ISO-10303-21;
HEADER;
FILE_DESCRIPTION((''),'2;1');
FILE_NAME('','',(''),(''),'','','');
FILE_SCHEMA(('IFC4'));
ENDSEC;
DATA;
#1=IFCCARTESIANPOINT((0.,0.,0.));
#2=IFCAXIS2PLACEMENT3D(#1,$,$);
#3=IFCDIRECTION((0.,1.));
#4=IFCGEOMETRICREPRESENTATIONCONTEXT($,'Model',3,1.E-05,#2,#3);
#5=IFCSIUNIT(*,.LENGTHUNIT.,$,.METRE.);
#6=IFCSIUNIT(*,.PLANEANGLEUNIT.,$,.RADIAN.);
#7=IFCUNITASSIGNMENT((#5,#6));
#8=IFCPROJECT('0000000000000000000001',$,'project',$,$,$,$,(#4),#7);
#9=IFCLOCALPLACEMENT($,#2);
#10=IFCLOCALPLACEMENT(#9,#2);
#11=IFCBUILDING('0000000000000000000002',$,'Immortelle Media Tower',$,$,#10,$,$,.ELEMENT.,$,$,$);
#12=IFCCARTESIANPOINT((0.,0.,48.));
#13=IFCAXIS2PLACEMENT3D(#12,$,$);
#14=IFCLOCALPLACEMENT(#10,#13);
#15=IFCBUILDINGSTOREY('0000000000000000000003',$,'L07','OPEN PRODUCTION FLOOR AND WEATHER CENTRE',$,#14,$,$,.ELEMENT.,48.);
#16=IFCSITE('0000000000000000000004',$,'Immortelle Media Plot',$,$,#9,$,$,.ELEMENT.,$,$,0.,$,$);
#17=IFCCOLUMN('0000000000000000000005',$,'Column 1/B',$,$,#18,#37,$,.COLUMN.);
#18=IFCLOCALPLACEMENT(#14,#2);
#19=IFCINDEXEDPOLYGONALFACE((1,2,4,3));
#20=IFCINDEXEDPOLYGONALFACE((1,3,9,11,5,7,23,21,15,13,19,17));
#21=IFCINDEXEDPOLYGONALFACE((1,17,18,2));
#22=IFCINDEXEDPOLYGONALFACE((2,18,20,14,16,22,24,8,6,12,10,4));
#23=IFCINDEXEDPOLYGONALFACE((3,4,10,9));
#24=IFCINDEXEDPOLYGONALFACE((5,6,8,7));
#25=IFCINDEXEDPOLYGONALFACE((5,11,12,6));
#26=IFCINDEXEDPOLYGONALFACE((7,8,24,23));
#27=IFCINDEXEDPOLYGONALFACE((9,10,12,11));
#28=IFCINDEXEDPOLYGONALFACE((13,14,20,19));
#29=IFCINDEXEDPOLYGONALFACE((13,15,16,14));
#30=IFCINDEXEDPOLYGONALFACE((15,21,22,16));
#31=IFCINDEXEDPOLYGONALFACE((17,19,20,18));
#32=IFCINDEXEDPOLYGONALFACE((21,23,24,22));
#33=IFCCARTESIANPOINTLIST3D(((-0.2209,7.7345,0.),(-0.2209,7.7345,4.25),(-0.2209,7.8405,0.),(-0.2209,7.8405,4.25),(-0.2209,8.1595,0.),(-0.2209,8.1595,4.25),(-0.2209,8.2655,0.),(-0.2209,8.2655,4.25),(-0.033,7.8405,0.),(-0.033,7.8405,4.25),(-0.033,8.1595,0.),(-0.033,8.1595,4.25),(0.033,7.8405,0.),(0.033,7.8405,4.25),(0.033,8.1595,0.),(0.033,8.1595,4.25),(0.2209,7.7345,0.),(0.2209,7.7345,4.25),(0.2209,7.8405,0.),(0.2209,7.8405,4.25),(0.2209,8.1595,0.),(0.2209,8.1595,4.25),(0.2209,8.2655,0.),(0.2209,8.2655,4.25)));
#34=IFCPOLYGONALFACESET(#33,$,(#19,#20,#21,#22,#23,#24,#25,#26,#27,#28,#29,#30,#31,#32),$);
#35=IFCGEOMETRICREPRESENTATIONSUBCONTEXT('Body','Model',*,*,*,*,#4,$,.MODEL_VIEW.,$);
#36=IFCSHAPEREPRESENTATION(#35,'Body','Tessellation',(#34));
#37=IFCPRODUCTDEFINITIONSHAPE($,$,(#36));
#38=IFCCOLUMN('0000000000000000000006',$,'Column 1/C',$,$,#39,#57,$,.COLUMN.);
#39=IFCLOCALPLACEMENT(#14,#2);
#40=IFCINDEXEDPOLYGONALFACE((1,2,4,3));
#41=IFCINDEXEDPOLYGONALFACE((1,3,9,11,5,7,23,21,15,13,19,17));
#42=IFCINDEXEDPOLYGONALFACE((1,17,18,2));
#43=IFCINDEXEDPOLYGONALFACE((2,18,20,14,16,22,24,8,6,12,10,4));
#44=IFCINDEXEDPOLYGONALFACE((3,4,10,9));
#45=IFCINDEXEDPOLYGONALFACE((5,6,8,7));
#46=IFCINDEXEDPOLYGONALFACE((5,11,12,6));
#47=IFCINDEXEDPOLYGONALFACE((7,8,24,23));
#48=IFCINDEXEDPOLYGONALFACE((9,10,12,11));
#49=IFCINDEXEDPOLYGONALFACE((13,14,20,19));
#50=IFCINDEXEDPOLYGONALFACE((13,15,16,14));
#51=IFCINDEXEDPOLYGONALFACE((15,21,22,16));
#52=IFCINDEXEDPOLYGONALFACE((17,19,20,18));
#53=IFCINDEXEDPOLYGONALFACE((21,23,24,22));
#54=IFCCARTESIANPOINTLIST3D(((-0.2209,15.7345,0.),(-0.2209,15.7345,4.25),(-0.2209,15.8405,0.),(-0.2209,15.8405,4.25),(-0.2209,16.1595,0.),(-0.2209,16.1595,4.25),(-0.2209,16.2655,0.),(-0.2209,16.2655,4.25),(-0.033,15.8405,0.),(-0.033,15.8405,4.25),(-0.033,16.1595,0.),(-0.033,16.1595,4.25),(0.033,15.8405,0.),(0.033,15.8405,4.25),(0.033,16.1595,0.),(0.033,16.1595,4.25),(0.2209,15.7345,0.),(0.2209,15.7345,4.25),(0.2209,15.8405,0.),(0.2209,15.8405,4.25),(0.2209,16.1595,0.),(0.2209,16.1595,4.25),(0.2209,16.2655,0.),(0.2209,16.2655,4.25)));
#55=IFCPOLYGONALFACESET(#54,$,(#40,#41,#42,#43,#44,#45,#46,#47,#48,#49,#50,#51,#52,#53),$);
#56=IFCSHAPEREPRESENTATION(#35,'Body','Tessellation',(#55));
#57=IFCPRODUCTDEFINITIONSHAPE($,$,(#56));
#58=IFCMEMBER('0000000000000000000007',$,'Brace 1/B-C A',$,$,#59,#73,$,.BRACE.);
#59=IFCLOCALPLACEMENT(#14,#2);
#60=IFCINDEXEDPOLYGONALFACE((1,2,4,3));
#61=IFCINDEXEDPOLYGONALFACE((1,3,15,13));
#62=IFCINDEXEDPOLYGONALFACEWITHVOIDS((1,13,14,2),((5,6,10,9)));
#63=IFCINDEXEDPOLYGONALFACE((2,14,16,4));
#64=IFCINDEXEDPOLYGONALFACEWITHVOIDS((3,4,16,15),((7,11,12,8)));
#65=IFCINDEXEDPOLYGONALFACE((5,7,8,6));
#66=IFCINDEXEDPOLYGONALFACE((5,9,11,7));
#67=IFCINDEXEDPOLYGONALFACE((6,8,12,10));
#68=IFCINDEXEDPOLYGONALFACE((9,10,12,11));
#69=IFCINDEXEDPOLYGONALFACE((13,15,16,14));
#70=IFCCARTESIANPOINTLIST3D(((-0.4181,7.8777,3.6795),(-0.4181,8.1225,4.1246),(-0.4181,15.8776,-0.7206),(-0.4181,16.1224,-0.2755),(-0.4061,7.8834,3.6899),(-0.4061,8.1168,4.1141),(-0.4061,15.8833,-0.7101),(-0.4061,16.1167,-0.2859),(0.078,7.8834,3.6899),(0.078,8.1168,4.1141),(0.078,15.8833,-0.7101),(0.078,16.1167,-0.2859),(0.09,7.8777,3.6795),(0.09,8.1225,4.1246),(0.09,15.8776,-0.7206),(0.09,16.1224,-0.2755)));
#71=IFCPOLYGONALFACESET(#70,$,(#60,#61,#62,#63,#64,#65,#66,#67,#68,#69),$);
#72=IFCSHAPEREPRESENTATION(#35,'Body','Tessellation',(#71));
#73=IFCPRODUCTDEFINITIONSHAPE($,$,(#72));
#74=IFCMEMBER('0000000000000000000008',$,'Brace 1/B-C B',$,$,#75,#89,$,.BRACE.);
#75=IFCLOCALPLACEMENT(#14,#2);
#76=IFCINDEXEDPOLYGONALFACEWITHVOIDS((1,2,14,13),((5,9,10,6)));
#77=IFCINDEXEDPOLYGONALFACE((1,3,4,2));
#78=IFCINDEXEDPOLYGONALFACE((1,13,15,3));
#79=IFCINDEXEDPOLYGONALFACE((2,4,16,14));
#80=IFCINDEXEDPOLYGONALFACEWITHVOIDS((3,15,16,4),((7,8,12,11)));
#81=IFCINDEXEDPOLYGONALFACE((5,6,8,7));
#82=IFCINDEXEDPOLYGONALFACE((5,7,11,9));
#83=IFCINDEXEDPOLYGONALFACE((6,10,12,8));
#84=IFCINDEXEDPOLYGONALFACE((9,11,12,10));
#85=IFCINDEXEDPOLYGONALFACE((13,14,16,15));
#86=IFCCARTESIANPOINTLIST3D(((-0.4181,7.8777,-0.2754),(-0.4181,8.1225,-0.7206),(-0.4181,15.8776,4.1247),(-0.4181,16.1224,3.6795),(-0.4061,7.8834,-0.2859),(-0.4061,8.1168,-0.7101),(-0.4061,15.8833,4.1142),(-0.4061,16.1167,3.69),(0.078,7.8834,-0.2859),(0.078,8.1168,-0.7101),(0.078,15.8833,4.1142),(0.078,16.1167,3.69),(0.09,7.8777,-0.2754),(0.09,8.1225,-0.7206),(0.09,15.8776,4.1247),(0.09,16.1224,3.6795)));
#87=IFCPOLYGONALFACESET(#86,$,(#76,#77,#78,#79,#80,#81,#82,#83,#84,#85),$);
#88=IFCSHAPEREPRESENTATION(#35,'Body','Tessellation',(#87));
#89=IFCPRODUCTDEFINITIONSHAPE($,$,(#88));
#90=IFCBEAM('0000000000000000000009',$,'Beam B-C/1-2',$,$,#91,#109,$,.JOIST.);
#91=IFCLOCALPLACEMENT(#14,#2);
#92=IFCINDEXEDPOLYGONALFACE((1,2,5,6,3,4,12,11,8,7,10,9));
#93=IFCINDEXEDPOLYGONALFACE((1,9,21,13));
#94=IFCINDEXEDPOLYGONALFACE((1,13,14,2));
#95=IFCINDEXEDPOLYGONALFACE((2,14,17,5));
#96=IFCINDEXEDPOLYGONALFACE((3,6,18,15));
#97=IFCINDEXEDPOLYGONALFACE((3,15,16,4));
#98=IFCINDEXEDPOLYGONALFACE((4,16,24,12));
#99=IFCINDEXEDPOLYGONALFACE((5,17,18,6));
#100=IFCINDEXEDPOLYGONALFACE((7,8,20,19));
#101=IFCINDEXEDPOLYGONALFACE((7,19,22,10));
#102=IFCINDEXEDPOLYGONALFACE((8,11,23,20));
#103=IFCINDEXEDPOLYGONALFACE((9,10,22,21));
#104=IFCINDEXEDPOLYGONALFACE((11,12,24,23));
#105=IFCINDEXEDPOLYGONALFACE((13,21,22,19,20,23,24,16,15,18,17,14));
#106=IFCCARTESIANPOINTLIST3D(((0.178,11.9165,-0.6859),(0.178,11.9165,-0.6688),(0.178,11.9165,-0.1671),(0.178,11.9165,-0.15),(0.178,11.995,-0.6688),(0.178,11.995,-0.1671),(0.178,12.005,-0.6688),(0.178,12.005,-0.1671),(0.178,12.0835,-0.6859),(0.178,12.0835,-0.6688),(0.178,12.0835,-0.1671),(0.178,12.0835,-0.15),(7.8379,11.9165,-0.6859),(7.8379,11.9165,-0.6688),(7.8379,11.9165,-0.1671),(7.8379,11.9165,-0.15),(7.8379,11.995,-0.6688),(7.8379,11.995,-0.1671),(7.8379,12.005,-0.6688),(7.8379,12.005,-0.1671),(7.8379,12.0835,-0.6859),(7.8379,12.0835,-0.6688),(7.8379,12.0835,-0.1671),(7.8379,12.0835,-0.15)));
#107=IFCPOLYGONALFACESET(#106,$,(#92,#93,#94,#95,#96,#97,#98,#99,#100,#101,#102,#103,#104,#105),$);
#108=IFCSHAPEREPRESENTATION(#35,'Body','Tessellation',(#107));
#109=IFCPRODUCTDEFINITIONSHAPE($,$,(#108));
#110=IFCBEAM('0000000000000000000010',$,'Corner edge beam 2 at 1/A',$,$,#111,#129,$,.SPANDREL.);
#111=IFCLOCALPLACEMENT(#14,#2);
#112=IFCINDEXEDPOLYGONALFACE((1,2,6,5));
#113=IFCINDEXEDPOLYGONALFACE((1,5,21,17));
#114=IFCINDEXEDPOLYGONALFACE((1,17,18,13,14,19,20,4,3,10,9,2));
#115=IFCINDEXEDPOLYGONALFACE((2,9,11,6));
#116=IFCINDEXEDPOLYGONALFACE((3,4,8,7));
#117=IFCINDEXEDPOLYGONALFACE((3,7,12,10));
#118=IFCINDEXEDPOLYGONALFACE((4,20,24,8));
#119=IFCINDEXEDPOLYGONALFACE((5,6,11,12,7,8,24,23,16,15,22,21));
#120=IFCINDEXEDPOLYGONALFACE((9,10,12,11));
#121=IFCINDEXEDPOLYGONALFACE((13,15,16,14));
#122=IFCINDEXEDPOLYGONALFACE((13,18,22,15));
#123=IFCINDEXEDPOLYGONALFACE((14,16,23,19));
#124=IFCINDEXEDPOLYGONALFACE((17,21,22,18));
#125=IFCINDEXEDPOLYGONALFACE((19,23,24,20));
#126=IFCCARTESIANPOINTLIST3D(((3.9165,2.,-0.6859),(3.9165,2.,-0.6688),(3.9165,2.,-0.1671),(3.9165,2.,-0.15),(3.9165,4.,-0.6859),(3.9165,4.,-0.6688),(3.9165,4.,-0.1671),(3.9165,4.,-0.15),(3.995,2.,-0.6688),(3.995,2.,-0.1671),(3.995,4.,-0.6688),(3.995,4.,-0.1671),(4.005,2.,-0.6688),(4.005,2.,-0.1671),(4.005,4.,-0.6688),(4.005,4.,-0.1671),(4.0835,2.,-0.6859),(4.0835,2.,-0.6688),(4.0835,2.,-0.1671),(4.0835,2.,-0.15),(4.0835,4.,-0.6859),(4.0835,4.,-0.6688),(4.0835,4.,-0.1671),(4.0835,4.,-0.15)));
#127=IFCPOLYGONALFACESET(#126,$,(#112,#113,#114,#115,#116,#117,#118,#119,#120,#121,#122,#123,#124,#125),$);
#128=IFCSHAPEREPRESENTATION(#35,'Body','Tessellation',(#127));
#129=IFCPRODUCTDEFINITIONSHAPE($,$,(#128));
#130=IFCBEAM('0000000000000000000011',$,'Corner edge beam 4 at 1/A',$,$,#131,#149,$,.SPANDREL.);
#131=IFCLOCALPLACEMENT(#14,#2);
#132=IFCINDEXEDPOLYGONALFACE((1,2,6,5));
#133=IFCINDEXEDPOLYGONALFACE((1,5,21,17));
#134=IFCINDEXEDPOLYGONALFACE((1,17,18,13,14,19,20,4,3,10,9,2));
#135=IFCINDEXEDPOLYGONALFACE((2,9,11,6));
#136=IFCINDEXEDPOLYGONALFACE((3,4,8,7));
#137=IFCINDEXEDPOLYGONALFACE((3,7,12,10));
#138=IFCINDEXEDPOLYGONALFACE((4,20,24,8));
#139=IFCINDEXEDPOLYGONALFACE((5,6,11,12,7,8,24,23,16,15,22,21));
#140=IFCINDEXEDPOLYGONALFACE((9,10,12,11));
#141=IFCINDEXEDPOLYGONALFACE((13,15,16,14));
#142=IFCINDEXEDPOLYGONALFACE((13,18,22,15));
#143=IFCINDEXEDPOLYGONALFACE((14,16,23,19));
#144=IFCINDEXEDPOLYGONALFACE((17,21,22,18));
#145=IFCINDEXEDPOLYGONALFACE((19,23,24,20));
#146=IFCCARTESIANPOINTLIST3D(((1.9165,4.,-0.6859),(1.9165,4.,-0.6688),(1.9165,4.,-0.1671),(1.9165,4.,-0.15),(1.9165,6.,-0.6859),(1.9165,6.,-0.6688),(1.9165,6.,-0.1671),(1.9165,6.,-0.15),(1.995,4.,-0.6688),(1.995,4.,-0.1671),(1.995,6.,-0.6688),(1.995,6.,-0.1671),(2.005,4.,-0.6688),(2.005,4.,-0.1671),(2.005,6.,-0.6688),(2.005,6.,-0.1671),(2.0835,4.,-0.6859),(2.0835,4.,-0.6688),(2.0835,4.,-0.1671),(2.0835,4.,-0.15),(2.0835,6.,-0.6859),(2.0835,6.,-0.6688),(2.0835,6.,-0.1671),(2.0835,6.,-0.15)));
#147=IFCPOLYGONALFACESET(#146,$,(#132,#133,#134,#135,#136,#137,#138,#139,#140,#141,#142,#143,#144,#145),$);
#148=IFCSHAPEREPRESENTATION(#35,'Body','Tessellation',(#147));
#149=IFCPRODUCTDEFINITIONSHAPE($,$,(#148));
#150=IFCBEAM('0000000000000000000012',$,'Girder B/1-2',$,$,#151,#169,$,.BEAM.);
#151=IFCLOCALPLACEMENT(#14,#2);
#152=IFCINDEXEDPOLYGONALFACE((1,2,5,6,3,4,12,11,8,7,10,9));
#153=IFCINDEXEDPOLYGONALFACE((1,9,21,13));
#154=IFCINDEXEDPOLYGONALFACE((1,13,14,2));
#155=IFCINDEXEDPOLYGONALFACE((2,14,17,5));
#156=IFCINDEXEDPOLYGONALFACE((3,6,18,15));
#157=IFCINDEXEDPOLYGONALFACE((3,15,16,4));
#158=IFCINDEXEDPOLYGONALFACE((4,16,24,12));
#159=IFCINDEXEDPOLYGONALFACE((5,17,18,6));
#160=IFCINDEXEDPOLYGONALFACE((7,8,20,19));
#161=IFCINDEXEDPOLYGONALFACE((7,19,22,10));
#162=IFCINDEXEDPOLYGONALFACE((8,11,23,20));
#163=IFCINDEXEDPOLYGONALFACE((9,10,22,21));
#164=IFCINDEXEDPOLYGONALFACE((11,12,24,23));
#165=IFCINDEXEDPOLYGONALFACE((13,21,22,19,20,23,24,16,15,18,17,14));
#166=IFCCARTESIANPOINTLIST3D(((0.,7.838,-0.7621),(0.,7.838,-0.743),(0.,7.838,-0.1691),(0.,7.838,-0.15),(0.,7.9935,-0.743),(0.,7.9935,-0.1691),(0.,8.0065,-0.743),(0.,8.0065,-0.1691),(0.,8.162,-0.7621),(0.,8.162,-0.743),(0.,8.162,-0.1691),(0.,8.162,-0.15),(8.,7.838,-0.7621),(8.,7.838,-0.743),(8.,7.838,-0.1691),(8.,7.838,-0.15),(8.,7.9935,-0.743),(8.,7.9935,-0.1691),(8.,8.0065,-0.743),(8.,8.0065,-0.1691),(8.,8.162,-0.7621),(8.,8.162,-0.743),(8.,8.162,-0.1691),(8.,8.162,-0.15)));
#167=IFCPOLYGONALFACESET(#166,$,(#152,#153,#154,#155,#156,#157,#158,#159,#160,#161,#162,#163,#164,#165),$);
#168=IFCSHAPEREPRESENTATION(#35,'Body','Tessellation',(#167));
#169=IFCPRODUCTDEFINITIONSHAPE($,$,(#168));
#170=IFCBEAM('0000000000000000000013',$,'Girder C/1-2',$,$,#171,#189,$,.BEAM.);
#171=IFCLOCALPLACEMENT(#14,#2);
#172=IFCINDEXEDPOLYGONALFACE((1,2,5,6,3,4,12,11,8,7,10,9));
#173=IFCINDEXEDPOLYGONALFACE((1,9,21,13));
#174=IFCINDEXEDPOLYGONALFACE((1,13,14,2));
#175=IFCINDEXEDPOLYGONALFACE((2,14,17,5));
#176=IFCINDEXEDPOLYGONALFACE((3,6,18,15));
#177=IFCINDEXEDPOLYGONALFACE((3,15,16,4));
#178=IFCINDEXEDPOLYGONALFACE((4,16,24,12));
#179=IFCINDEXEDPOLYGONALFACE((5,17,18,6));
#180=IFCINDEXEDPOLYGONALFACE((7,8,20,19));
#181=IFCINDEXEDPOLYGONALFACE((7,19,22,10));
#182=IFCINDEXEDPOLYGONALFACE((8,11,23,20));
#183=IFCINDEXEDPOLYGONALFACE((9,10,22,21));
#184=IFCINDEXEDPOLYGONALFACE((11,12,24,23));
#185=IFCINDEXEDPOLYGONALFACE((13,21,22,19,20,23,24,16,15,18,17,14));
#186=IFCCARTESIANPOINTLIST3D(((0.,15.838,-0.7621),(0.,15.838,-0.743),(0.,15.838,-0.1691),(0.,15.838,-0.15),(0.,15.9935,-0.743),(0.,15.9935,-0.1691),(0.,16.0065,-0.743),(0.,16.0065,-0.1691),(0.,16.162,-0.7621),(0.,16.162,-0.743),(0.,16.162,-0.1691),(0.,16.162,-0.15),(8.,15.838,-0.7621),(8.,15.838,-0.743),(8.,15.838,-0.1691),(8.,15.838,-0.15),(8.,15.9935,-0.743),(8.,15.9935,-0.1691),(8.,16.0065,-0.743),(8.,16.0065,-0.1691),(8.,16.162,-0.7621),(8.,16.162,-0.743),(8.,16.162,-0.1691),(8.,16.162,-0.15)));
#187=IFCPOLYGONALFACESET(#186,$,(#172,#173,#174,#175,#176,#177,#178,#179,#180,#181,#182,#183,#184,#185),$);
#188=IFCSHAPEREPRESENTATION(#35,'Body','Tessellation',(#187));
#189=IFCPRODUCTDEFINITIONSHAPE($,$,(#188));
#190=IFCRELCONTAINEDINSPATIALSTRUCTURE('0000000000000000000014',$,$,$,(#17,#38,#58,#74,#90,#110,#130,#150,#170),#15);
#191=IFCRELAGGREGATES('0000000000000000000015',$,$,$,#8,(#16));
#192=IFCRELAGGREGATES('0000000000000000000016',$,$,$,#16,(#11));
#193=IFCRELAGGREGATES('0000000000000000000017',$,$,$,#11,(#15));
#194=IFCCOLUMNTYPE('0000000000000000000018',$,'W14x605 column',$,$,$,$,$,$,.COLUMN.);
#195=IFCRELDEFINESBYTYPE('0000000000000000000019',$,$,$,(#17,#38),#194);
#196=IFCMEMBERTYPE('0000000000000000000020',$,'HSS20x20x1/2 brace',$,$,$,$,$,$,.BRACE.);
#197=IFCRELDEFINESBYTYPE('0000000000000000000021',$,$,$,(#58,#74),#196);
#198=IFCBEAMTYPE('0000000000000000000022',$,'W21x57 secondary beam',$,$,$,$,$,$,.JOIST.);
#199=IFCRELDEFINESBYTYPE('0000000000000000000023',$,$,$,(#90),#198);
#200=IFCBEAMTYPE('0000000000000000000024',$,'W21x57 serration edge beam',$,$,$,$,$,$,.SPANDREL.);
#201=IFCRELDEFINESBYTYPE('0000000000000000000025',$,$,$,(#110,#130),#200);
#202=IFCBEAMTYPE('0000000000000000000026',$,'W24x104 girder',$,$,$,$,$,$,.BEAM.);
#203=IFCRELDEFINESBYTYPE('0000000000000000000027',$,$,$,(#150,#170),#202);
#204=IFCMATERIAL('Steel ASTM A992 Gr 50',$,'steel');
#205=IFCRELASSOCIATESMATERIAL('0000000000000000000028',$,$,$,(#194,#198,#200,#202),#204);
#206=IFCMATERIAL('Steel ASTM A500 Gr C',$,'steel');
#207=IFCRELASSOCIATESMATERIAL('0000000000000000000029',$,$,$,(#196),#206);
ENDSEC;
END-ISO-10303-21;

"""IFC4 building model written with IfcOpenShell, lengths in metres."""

from ifc_helpers import new_model, si_unit, direction, frame, origin, origin_2d, place, context, subcontext, project, spatial, hollow_rectangle, i_section, extrude, material, material_profile, profile_set, type_object, element, save


model = new_model("IFC4")

# Units and contexts
model_context = context("Model", 3, precision=1e-05, world=origin(), true_north=direction((0.0, 1.0)))
body_context = subcontext(model_context, "Body", "Model", "MODEL_VIEW")
ifc_project = project(units=[si_unit("LENGTHUNIT", "METRE"), si_unit("PLANEANGLEUNIT", "RADIAN")], contexts=[model_context])

# Site, building, storey
site_placement = place(None, origin())
site = spatial("IfcSite", under=ifc_project, at=site_placement, Name="Immortelle Media Plot", CompositionType="ELEMENT", RefElevation=0.0)
building_placement = place(site_placement, origin())
building = spatial("IfcBuilding", under=site, at=building_placement, Name="Immortelle Media Tower", CompositionType="ELEMENT")
storey_placement = place(building_placement, frame((0.0, 0.0, 48.0)))
storey = spatial("IfcBuildingStorey", under=building, at=storey_placement, Name="L07", Description="OPEN PRODUCTION FLOOR AND WEATHER CENTRE", CompositionType="ELEMENT", Elevation=48.0)

# Columns
ifc_material_1 = material(Name="Steel ASTM A992 Gr 50", Category="steel")
ifc_material_profile_1 = material_profile(ifc_material_1, i_section(OverallWidth=0.4419, OverallDepth=0.531, WebThickness=0.0659, FlangeThickness=0.106, at=origin_2d()), Name="W14x605")
ifc_profile_set_1 = profile_set([ifc_material_profile_1], Name="Steel ASTM A992 Gr 50")
column_type = type_object("IfcColumnType", Name="W14x605 column", PredefinedType="COLUMN", material=ifc_profile_set_1)
for number, where, z_axis, x_axis, name in (
    (1, (0.0, 8.0, 0.0), (0.0, 0.0, 1.0), (1.0, 0.0, 0.0), "Column 1/B"),
    (2, (0.0, 16.0, 0.0), (0.0, 0.0, 1.0), (1.0, 0.0, 0.0), "Column 1/C"),
):
    element("IfcColumn", number, at=place(storey_placement, frame(where, z_axis=z_axis, x_axis=x_axis)), inside=storey, type_object=column_type, Name=name, PredefinedType="COLUMN", context=body_context, shape_type="SweptSolid", body=[
        extrude(i_section(OverallWidth=0.4419, OverallDepth=0.531, WebThickness=0.0659, FlangeThickness=0.106, at=origin_2d()), origin(), (0.0, 0.0, 1.0), 4.25),
    ])

# Members
ifc_material_2 = material(Name="Steel ASTM A500 Gr C", Category="steel")
ifc_material_profile_2 = material_profile(ifc_material_2, hollow_rectangle(XDim=0.5081, YDim=0.5081, WallThickness=0.012, at=origin_2d()), Name="HSS20x20x1/2 brace")
ifc_profile_set_2 = profile_set([ifc_material_profile_2], Name="Steel ASTM A500 Gr C")
member_type = type_object("IfcMemberType", Name="HSS20x20x1/2 brace", PredefinedType="BRACE", material=ifc_profile_set_2)
for number, where, z_axis, x_axis, name in (
    (3, (-0.1641, 16.0, -0.498), (0.0, -0.876209, 0.481931), (1.0, 0.0, 0.0), "Brace 1/B-C A"),
    (4, (-0.1641, 16.0, 3.9021), (0.0, -0.876209, -0.481931), (1.0, 0.0, 0.0), "Brace 1/B-C B"),
):
    element("IfcMember", number, at=place(storey_placement, frame(where, z_axis=z_axis, x_axis=x_axis)), inside=storey, type_object=member_type, Name=name, PredefinedType="BRACE", context=body_context, shape_type="SweptSolid", body=[
        extrude(hollow_rectangle(XDim=0.5081, YDim=0.5081, WallThickness=0.012, at=origin_2d()), origin(), (0.0, 0.0, 1.0), 9.1301),
    ])

# Beams
ifc_material_profile_3 = material_profile(ifc_material_1, i_section(OverallWidth=0.167, OverallDepth=0.5359, WebThickness=0.01, FlangeThickness=0.0171, at=origin_2d()), Name="W21x57")
ifc_profile_set_3 = profile_set([ifc_material_profile_3], Name="Steel ASTM A992 Gr 50")
beam_type_1 = type_object("IfcBeamType", Name="W21x57 secondary beam", PredefinedType="JOIST", material=ifc_profile_set_3)
beam_placement = place(storey_placement, frame((0.178, 12.0, -0.418), z_axis=(1.0, 0.0, 0.0), x_axis=(0.0, 1.0, 0.0)))
element("IfcBeam", 5, at=beam_placement, inside=storey, type_object=beam_type_1, Name="Beam B-C/1-2", PredefinedType="JOIST", context=body_context, shape_type="SweptSolid", body=[
    extrude(i_section(OverallWidth=0.167, OverallDepth=0.5359, WebThickness=0.01, FlangeThickness=0.0171, at=origin_2d()), origin(), (0.0, 0.0, 1.0), 7.6599),
])
ifc_material_profile_4 = material_profile(ifc_material_1, i_section(OverallWidth=0.167, OverallDepth=0.5359, WebThickness=0.01, FlangeThickness=0.0171, at=origin_2d()), Name="W21x57")
ifc_profile_set_4 = profile_set([ifc_material_profile_4], Name="Steel ASTM A992 Gr 50")
beam_type_2 = type_object("IfcBeamType", Name="W21x57 serration edge beam", PredefinedType="SPANDREL", material=ifc_profile_set_4)
for number, where, z_axis, x_axis, name in (
    (6, (4.0, 2.0, -0.418), (0.0, 1.0, 0.0), (-1.0, 0.0, 0.0), "Corner edge beam 2 at 1/A"),
    (7, (2.0, 4.0, -0.418), (0.0, 1.0, 0.0), (-1.0, 0.0, 0.0), "Corner edge beam 4 at 1/A"),
):
    element("IfcBeam", number, at=place(storey_placement, frame(where, z_axis=z_axis, x_axis=x_axis)), inside=storey, type_object=beam_type_2, Name=name, PredefinedType="SPANDREL", context=body_context, shape_type="SweptSolid", body=[
        extrude(i_section(OverallWidth=0.167, OverallDepth=0.5359, WebThickness=0.01, FlangeThickness=0.0171, at=origin_2d()), origin(), (0.0, 0.0, 1.0), 2.0),
    ])
ifc_material_profile_5 = material_profile(ifc_material_1, i_section(OverallWidth=0.324, OverallDepth=0.6121, WebThickness=0.0129, FlangeThickness=0.019, at=origin_2d()), Name="W24x104")
ifc_profile_set_5 = profile_set([ifc_material_profile_5], Name="Steel ASTM A992 Gr 50")
beam_type_3 = type_object("IfcBeamType", Name="W24x104 girder", PredefinedType="BEAM", material=ifc_profile_set_5)
for number, where, z_axis, x_axis, name in (
    (8, (0.0, 8.0, -0.4561), (1.0, 0.0, 0.0), (0.0, 1.0, 0.0), "Girder B/1-2"),
    (9, (0.0, 16.0, -0.4561), (1.0, 0.0, 0.0), (0.0, 1.0, 0.0), "Girder C/1-2"),
):
    element("IfcBeam", number, at=place(storey_placement, frame(where, z_axis=z_axis, x_axis=x_axis)), inside=storey, type_object=beam_type_3, Name=name, PredefinedType="BEAM", context=body_context, shape_type="SweptSolid", body=[
        extrude(i_section(OverallWidth=0.324, OverallDepth=0.6121, WebThickness=0.0129, FlangeThickness=0.019, at=origin_2d()), origin(), (0.0, 0.0, 1.0), 8.0),
    ])

save(model, "model.ifc")
